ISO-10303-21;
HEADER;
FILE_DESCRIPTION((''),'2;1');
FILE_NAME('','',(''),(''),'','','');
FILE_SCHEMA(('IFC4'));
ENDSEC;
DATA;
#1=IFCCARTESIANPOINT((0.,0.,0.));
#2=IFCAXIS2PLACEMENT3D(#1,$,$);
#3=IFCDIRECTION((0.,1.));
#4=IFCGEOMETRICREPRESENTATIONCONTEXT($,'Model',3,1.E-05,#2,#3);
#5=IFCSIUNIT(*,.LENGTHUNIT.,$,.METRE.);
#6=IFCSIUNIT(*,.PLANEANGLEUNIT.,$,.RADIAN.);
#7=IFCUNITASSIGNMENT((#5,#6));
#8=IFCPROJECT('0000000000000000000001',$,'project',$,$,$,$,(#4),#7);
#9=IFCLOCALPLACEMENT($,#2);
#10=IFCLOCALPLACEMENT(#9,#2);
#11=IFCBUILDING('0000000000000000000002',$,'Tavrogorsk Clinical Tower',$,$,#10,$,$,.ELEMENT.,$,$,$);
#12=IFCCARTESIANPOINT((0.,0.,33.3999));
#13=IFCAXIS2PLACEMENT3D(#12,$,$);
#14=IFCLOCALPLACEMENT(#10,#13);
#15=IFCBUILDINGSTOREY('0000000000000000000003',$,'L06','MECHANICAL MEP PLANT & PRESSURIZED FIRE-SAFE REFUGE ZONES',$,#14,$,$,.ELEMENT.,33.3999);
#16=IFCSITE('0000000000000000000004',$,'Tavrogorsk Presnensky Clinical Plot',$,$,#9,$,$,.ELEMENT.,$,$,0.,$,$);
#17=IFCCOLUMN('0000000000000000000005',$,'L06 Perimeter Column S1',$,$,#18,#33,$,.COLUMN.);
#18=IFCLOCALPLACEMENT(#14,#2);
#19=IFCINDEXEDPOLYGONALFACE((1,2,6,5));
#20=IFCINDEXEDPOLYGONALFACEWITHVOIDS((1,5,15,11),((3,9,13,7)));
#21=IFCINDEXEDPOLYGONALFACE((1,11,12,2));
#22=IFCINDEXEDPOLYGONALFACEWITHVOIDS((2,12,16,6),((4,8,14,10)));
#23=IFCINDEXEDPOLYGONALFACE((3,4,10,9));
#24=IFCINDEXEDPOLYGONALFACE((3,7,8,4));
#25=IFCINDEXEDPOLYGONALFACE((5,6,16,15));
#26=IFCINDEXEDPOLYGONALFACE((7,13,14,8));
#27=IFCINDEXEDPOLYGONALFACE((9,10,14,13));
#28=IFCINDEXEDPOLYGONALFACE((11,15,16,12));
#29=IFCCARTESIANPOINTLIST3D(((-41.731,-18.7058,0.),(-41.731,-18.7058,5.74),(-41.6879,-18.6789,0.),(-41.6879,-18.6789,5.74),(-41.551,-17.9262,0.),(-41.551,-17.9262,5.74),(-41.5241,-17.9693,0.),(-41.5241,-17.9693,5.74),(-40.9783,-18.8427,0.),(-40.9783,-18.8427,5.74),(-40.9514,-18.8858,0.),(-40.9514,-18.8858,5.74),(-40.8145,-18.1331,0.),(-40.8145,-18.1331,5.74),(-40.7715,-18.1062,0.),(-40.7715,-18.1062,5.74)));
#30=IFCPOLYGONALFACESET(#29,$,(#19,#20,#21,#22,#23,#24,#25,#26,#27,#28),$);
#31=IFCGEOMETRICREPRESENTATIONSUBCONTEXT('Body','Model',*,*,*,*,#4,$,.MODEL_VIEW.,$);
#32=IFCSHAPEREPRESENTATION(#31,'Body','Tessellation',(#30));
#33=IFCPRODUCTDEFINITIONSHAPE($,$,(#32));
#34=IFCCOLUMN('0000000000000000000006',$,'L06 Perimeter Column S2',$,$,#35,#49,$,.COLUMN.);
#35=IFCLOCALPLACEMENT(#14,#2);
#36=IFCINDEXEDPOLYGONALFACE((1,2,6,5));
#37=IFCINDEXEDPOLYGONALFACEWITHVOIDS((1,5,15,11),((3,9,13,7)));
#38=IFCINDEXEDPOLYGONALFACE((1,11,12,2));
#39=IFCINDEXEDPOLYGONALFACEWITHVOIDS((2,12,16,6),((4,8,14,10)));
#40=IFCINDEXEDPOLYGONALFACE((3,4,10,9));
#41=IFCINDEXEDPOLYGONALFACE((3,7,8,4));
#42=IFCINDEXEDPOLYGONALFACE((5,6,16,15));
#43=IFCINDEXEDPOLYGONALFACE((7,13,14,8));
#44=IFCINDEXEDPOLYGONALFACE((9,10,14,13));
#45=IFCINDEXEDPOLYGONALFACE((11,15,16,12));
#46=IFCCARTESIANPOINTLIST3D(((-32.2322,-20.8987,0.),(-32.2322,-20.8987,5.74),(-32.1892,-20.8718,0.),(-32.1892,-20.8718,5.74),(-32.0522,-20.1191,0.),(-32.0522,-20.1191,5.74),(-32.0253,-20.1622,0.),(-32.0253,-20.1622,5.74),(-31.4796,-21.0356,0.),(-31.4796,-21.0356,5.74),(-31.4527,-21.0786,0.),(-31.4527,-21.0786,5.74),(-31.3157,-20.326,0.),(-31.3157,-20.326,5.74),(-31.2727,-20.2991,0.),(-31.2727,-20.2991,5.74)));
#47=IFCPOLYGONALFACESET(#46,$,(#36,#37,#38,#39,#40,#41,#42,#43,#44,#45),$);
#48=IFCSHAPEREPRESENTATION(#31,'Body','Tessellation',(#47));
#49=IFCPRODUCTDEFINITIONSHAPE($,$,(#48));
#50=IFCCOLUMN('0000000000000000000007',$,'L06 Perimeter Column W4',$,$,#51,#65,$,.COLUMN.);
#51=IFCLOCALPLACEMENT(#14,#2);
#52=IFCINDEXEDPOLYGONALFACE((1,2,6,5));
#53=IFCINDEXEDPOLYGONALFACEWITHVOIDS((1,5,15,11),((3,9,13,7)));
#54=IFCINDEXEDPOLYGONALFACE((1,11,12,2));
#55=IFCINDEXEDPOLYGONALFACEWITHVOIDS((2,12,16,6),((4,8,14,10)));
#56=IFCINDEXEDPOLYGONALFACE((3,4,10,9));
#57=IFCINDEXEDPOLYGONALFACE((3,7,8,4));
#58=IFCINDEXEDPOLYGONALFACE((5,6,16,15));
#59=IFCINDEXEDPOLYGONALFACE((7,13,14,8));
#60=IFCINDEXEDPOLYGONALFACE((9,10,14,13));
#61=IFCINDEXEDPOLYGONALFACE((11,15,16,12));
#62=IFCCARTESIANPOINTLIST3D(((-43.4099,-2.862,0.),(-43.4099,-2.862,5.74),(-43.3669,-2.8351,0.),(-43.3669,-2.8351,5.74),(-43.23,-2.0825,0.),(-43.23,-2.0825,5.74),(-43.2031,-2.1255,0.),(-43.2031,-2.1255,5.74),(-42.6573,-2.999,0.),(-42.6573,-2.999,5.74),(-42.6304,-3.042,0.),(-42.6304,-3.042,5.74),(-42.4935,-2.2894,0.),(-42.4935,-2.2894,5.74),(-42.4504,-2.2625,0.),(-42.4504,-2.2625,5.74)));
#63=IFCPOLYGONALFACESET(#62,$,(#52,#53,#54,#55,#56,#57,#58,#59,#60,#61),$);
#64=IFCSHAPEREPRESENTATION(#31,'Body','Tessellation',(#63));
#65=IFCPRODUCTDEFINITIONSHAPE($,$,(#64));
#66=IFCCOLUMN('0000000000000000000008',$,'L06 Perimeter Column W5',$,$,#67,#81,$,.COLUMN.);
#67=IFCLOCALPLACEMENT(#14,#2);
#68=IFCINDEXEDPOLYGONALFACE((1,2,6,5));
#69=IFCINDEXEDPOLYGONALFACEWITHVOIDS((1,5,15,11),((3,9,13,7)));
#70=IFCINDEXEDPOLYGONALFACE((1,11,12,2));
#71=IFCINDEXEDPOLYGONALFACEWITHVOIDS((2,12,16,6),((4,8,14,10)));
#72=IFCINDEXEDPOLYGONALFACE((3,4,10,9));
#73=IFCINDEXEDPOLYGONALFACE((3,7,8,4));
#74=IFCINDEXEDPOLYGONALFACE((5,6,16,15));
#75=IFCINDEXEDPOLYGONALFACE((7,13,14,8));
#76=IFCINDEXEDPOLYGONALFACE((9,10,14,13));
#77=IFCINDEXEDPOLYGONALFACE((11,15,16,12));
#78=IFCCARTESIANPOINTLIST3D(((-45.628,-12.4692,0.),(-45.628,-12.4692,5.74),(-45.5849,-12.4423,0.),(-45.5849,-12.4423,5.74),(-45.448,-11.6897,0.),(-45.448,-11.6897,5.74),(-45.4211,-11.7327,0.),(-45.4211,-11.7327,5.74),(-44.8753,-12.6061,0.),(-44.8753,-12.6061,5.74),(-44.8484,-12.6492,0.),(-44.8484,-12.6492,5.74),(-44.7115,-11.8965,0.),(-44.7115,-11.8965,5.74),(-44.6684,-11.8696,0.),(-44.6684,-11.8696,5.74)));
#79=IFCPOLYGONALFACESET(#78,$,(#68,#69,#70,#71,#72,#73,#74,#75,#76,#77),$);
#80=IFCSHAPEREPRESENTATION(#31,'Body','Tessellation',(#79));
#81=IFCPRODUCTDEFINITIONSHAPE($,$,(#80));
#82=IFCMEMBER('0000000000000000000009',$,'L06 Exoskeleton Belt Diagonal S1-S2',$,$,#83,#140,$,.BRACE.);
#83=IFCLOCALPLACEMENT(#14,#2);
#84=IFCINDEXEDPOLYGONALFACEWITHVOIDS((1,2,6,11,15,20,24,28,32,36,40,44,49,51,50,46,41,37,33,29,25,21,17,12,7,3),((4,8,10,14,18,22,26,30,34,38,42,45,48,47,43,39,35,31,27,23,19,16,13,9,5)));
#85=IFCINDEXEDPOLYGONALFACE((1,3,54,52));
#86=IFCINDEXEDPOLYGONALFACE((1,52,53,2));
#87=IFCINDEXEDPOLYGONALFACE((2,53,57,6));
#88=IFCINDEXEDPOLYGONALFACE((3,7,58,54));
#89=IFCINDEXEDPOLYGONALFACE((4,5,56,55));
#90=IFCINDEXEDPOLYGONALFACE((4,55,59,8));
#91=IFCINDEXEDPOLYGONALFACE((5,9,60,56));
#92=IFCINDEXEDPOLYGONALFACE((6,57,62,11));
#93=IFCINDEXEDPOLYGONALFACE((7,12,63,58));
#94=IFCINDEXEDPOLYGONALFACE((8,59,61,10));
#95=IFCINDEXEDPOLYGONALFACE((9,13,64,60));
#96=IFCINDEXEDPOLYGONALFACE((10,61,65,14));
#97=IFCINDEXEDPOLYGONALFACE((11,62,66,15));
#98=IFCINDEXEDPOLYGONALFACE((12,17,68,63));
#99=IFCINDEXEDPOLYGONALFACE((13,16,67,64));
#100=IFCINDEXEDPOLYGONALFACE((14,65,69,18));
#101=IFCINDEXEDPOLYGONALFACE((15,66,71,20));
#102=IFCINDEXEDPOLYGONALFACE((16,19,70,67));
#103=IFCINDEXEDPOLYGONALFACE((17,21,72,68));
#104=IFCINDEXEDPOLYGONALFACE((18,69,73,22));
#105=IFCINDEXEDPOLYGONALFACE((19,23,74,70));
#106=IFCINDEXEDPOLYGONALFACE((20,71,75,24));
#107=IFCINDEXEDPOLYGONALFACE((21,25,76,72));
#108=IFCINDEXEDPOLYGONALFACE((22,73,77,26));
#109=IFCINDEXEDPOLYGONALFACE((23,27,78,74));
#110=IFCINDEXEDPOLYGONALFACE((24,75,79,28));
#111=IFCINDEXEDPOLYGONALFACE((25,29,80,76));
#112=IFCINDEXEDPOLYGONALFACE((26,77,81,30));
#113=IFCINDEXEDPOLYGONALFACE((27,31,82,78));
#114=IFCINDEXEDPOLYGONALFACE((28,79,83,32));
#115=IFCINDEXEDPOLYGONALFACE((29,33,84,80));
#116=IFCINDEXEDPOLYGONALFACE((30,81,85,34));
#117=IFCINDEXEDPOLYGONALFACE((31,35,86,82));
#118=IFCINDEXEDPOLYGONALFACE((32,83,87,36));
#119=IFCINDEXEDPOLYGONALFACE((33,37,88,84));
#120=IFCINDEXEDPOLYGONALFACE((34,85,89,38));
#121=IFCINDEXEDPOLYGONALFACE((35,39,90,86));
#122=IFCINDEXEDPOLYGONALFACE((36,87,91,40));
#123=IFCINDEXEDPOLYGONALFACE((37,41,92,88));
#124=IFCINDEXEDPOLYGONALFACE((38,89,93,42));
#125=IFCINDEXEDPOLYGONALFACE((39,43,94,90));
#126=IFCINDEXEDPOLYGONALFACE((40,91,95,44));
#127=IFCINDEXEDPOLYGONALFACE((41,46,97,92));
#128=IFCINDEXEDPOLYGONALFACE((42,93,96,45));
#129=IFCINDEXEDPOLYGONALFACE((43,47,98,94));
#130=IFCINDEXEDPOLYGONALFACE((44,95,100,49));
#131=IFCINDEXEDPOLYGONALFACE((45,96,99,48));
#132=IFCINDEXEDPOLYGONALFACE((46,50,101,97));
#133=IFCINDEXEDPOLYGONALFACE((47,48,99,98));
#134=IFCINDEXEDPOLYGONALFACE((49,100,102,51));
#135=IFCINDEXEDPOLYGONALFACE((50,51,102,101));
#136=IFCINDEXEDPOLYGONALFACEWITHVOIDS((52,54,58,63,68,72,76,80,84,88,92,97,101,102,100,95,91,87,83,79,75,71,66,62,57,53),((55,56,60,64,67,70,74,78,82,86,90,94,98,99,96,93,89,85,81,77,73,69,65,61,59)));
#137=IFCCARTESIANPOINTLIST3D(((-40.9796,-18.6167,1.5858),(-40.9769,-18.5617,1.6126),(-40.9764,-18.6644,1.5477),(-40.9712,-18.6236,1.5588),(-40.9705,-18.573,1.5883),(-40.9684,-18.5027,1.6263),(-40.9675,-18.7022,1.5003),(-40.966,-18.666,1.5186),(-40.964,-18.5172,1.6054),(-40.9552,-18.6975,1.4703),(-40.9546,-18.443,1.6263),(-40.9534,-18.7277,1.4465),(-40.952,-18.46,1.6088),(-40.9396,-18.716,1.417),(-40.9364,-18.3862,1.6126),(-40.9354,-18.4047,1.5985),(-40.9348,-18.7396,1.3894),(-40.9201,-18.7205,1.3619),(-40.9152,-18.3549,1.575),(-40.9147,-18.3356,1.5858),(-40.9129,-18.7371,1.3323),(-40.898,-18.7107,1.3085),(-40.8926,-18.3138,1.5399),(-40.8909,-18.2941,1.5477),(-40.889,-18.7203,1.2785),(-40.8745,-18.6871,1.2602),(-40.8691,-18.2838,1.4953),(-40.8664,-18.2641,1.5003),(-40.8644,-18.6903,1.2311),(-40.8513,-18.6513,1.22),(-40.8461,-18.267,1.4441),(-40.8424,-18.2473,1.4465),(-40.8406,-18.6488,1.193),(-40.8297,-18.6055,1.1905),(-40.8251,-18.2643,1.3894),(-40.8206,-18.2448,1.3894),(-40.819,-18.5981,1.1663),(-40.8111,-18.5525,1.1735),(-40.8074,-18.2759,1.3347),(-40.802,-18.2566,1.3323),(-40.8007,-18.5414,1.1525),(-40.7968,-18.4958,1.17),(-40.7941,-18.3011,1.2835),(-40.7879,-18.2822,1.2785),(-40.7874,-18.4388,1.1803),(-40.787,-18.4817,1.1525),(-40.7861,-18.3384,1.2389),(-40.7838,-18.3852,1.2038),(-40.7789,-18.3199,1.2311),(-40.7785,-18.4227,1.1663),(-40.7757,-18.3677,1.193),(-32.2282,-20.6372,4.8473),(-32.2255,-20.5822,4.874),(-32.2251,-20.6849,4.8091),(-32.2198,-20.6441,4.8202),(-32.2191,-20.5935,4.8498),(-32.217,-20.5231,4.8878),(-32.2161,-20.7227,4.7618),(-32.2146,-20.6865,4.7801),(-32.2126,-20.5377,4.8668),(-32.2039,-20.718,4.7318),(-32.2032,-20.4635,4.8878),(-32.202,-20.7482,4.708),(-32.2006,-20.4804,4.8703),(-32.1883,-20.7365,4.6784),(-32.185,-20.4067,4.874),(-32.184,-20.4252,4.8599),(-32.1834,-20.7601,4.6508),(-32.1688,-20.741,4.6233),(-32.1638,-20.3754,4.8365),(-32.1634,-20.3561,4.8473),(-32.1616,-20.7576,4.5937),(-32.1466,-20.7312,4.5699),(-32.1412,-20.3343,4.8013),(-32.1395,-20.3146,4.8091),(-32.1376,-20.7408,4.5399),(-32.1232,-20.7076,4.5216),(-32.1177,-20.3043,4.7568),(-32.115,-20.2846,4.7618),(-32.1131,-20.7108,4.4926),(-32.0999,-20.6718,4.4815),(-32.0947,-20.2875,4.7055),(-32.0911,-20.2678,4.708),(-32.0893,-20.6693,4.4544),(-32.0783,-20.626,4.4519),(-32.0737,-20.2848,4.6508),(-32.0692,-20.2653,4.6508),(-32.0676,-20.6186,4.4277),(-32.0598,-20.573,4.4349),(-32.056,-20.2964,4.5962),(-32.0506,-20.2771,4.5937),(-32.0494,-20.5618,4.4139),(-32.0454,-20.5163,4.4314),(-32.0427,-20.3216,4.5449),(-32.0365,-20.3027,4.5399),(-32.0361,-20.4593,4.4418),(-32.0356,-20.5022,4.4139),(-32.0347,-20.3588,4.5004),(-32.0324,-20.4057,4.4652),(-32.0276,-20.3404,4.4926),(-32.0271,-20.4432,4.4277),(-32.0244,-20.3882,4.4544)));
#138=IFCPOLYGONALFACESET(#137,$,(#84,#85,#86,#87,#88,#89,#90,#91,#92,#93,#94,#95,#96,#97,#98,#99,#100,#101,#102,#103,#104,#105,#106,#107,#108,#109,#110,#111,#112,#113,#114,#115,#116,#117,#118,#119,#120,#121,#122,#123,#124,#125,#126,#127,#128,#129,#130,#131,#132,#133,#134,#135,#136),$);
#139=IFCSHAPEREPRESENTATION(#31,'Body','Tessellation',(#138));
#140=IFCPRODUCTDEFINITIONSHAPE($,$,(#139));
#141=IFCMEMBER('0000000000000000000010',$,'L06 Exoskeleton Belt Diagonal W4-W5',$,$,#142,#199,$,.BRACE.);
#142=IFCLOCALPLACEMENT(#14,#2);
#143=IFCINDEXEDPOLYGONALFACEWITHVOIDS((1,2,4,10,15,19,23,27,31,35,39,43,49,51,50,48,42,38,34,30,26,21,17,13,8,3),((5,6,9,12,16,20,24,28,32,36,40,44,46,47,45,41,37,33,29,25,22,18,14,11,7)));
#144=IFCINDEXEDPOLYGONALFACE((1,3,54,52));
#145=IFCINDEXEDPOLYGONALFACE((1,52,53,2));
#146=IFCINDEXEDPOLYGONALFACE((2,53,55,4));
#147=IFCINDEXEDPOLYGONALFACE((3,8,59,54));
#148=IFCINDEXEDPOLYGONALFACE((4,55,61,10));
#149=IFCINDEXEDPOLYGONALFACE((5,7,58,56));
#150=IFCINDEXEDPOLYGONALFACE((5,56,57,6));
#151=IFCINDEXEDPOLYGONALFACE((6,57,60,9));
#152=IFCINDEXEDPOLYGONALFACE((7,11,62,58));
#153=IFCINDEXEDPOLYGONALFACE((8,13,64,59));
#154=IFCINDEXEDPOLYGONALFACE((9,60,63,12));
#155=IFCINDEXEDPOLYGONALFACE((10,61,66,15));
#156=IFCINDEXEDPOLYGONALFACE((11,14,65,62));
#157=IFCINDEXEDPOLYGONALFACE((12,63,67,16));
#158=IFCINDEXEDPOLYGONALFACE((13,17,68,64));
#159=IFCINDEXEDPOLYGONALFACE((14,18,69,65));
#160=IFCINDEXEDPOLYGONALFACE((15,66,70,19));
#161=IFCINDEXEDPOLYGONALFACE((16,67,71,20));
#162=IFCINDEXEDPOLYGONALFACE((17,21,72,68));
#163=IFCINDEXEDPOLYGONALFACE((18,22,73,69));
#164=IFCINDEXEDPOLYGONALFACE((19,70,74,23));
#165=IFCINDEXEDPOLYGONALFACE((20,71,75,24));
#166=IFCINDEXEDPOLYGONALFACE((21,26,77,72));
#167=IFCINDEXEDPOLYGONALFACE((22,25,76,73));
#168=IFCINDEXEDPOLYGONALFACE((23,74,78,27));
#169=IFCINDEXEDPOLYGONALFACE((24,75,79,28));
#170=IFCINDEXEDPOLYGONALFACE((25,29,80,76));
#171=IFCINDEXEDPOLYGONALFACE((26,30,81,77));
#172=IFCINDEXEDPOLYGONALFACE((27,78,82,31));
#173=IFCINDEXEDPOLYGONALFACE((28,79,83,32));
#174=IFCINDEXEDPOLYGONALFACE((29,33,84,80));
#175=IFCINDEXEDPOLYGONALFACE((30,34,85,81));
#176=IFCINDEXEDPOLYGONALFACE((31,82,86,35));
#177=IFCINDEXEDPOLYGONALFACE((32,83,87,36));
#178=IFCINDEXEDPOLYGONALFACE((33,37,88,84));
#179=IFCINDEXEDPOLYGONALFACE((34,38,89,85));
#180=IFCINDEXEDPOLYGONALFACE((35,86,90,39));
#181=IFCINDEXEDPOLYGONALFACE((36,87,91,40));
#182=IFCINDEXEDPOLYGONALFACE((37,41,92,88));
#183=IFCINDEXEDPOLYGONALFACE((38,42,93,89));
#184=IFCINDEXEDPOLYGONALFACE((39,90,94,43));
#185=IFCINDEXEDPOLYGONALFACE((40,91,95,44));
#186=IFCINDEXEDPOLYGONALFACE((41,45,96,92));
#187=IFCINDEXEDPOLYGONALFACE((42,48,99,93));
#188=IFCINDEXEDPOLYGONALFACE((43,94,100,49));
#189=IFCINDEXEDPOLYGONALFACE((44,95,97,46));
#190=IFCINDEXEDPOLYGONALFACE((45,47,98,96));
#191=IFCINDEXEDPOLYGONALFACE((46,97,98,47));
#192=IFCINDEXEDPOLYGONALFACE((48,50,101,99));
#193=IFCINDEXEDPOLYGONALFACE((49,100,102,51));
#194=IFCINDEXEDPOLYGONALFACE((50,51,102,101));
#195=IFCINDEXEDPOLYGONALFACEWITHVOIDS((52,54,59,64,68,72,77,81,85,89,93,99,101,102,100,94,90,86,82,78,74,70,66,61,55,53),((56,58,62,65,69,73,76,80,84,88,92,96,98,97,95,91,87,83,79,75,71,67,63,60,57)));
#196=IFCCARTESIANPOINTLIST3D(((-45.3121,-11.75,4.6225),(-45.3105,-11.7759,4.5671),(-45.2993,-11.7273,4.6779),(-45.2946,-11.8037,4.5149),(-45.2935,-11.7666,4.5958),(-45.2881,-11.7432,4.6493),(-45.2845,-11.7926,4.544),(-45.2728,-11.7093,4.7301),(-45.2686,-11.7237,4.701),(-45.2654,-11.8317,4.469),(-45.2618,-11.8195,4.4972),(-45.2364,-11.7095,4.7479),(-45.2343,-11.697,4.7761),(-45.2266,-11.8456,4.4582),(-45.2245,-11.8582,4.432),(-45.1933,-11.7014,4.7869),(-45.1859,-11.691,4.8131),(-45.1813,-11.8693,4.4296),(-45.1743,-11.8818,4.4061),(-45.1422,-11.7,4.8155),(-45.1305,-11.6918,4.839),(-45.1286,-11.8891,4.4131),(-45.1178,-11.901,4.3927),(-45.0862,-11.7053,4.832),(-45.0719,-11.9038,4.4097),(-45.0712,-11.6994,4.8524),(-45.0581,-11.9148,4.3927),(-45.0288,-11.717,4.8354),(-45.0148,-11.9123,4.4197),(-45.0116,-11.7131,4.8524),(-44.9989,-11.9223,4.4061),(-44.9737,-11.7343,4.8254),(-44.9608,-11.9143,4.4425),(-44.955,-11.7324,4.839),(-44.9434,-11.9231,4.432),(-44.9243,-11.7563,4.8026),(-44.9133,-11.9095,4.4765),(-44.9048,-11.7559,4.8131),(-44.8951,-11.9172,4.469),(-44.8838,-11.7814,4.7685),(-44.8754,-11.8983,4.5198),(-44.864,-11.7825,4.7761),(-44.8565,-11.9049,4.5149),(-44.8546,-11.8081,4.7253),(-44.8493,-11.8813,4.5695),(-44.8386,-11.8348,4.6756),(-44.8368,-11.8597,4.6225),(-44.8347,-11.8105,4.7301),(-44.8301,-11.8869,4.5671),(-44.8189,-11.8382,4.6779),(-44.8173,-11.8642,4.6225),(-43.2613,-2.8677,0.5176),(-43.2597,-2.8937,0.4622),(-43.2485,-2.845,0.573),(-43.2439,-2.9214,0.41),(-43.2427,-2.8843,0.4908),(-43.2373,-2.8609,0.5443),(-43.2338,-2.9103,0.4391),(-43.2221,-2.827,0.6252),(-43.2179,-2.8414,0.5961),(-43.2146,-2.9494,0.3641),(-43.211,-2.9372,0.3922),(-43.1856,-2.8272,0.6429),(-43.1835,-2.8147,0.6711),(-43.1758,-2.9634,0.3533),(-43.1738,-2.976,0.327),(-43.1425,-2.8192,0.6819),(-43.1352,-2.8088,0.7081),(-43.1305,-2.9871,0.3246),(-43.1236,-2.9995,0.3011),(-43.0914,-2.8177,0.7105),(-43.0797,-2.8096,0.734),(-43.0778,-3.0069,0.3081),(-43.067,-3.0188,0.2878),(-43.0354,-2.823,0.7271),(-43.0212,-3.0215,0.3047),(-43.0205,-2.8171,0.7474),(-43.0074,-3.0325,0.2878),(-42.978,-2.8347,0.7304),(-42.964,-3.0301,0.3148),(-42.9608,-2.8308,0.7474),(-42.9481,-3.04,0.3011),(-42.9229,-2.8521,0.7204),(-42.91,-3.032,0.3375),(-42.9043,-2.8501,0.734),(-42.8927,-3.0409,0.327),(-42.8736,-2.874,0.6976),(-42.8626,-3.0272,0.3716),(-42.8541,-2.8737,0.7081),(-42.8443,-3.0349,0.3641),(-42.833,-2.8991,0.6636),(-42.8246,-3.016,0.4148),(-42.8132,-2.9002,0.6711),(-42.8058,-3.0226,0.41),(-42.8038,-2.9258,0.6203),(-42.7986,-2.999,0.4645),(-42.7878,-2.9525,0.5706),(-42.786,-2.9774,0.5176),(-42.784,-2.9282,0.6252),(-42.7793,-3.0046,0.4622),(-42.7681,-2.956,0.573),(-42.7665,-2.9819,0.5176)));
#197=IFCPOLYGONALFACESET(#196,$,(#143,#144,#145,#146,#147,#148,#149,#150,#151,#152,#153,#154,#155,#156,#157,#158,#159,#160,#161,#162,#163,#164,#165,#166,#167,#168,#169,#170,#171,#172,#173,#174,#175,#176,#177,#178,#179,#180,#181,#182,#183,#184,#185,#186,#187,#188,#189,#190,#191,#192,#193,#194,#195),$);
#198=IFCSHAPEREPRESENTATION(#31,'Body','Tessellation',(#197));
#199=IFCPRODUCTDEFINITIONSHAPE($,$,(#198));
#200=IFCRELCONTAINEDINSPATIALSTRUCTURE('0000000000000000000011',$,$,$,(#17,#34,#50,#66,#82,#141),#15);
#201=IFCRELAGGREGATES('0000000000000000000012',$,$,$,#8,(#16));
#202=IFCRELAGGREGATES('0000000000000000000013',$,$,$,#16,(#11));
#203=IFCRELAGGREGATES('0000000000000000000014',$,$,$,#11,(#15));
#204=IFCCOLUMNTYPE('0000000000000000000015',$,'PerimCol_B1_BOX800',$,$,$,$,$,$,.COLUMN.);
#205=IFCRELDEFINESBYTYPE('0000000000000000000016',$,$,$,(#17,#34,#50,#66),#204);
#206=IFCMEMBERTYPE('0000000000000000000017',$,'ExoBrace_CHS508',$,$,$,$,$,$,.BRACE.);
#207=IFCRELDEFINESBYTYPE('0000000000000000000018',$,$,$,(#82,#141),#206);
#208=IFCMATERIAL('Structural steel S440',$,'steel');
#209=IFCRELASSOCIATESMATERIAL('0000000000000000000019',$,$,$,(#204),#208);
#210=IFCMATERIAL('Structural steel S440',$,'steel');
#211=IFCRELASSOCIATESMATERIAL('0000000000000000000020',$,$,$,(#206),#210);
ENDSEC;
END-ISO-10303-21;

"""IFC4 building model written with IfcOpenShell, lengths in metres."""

from ifc_helpers import new_model, si_unit, direction, frame, origin, origin_2d, place, context, subcontext, project, spatial, hollow_rectangle, hollow_circle, extrude, material, material_profile, profile_set, type_object, element, save


model = new_model("IFC4")

# Units and contexts
model_context = context("Model", 3, precision=1e-05, world=origin(), true_north=direction((0.0, 1.0)))
body_context = subcontext(model_context, "Body", "Model", "MODEL_VIEW")
ifc_project = project(units=[si_unit("LENGTHUNIT", "METRE"), si_unit("PLANEANGLEUNIT", "RADIAN")], contexts=[model_context])

# Site, building, storey
site_placement = place(None, origin())
site = spatial("IfcSite", under=ifc_project, at=site_placement, Name="Tavrogorsk Presnensky Clinical Plot", CompositionType="ELEMENT", RefElevation=0.0)
building_placement = place(site_placement, origin())
building = spatial("IfcBuilding", under=site, at=building_placement, Name="Tavrogorsk Clinical Tower", CompositionType="ELEMENT")
storey_placement = place(building_placement, frame((0.0, 0.0, 33.3999)))
storey = spatial("IfcBuildingStorey", under=building, at=storey_placement, Name="L06", Description="MECHANICAL MEP PLANT & PRESSURIZED FIRE-SAFE REFUGE ZONES", CompositionType="ELEMENT", Elevation=33.3999)

# Columns
ifc_material_1 = material(Name="Structural steel S440", Category="steel")
ifc_material_profile_1 = material_profile(ifc_material_1, hollow_rectangle(XDim=0.8, YDim=0.8, WallThickness=0.0359, at=origin_2d()), Name="BOX-800x800x36")
ifc_profile_set_1 = profile_set([ifc_material_profile_1], Name="Structural steel S440")
column_type = type_object("IfcColumnType", Name="PerimCol_B1_BOX800", PredefinedType="COLUMN", material=ifc_profile_set_1)
for number, where, z_axis, x_axis, name in (
    (1, (-41.2512, -18.406, 0.0), (0.0, 0.0, 1.0), (0.97437, -0.224951, 0.0), "L06 Perimeter Column S1"),
    (2, (-31.7524, -20.5989, 0.0), (0.0, 0.0, 1.0), (0.97437, -0.224951, 0.0), "L06 Perimeter Column S2"),
    (3, (-42.9302, -2.5623, 0.0), (0.0, 0.0, 1.0), (0.97437, -0.224951, 0.0), "L06 Perimeter Column W4"),
    (4, (-45.1482, -12.1694, 0.0), (0.0, 0.0, 1.0), (0.97437, -0.224951, 0.0), "L06 Perimeter Column W5"),
):
    element("IfcColumn", number, at=place(storey_placement, frame(where, z_axis=z_axis, x_axis=x_axis)), inside=storey, type_object=column_type, Name=name, PredefinedType="COLUMN", context=body_context, shape_type="SweptSolid", body=[
        extrude(hollow_rectangle(XDim=0.8, YDim=0.8, WallThickness=0.0359, at=origin_2d()), origin(), (0.0, 0.0, 1.0), 5.74),
    ])

# Members
ifc_material_2 = material(Name="Structural steel S440", Category="steel")
ifc_material_profile_2 = material_profile(ifc_material_2, hollow_circle(Radius=0.2539, WallThickness=0.02, at=origin_2d()), Name="CHS-508x20")
ifc_profile_set_2 = profile_set([ifc_material_profile_2], Name="Structural steel S440")
member_type_1 = type_object("IfcMemberType", Name="ExoBrace_CHS508", PredefinedType="BRACE", material=ifc_profile_set_2)
member_1_placement = place(storey_placement, frame((-40.8777, -18.4922, 1.3894), z_axis=(0.915855, -0.211449, 0.341319), x_axis=(0.224959, 0.974368, 0.0)))
element("IfcMember", 5, at=member_1_placement, inside=storey, type_object=member_type_1, Name="L06 Exoskeleton Belt Diagonal S1-S2", PredefinedType="BRACE", context=body_context, shape_type="SweptSolid", body=[
    extrude(hollow_circle(Radius=0.2539, WallThickness=0.02, at=origin_2d()), origin(), (0.0, 0.0, 1.0), 9.5554),
])
member_2_placement = place(storey_placement, frame((-43.0139, -2.9248, 0.5176), z_axis=(-0.205127, -0.888445, 0.410596), x_axis=(0.974367, -0.224965, 0.0)))
element("IfcMember", 6, at=member_2_placement, inside=storey, type_object=member_type_1, Name="L06 Exoskeleton Belt Diagonal W4-W5", PredefinedType="BRACE", context=body_context, shape_type="SweptSolid", body=[
    extrude(hollow_circle(Radius=0.2539, WallThickness=0.02, at=origin_2d()), origin(), (0.0, 0.0, 1.0), 9.9976),
])

save(model, "model.ifc")
